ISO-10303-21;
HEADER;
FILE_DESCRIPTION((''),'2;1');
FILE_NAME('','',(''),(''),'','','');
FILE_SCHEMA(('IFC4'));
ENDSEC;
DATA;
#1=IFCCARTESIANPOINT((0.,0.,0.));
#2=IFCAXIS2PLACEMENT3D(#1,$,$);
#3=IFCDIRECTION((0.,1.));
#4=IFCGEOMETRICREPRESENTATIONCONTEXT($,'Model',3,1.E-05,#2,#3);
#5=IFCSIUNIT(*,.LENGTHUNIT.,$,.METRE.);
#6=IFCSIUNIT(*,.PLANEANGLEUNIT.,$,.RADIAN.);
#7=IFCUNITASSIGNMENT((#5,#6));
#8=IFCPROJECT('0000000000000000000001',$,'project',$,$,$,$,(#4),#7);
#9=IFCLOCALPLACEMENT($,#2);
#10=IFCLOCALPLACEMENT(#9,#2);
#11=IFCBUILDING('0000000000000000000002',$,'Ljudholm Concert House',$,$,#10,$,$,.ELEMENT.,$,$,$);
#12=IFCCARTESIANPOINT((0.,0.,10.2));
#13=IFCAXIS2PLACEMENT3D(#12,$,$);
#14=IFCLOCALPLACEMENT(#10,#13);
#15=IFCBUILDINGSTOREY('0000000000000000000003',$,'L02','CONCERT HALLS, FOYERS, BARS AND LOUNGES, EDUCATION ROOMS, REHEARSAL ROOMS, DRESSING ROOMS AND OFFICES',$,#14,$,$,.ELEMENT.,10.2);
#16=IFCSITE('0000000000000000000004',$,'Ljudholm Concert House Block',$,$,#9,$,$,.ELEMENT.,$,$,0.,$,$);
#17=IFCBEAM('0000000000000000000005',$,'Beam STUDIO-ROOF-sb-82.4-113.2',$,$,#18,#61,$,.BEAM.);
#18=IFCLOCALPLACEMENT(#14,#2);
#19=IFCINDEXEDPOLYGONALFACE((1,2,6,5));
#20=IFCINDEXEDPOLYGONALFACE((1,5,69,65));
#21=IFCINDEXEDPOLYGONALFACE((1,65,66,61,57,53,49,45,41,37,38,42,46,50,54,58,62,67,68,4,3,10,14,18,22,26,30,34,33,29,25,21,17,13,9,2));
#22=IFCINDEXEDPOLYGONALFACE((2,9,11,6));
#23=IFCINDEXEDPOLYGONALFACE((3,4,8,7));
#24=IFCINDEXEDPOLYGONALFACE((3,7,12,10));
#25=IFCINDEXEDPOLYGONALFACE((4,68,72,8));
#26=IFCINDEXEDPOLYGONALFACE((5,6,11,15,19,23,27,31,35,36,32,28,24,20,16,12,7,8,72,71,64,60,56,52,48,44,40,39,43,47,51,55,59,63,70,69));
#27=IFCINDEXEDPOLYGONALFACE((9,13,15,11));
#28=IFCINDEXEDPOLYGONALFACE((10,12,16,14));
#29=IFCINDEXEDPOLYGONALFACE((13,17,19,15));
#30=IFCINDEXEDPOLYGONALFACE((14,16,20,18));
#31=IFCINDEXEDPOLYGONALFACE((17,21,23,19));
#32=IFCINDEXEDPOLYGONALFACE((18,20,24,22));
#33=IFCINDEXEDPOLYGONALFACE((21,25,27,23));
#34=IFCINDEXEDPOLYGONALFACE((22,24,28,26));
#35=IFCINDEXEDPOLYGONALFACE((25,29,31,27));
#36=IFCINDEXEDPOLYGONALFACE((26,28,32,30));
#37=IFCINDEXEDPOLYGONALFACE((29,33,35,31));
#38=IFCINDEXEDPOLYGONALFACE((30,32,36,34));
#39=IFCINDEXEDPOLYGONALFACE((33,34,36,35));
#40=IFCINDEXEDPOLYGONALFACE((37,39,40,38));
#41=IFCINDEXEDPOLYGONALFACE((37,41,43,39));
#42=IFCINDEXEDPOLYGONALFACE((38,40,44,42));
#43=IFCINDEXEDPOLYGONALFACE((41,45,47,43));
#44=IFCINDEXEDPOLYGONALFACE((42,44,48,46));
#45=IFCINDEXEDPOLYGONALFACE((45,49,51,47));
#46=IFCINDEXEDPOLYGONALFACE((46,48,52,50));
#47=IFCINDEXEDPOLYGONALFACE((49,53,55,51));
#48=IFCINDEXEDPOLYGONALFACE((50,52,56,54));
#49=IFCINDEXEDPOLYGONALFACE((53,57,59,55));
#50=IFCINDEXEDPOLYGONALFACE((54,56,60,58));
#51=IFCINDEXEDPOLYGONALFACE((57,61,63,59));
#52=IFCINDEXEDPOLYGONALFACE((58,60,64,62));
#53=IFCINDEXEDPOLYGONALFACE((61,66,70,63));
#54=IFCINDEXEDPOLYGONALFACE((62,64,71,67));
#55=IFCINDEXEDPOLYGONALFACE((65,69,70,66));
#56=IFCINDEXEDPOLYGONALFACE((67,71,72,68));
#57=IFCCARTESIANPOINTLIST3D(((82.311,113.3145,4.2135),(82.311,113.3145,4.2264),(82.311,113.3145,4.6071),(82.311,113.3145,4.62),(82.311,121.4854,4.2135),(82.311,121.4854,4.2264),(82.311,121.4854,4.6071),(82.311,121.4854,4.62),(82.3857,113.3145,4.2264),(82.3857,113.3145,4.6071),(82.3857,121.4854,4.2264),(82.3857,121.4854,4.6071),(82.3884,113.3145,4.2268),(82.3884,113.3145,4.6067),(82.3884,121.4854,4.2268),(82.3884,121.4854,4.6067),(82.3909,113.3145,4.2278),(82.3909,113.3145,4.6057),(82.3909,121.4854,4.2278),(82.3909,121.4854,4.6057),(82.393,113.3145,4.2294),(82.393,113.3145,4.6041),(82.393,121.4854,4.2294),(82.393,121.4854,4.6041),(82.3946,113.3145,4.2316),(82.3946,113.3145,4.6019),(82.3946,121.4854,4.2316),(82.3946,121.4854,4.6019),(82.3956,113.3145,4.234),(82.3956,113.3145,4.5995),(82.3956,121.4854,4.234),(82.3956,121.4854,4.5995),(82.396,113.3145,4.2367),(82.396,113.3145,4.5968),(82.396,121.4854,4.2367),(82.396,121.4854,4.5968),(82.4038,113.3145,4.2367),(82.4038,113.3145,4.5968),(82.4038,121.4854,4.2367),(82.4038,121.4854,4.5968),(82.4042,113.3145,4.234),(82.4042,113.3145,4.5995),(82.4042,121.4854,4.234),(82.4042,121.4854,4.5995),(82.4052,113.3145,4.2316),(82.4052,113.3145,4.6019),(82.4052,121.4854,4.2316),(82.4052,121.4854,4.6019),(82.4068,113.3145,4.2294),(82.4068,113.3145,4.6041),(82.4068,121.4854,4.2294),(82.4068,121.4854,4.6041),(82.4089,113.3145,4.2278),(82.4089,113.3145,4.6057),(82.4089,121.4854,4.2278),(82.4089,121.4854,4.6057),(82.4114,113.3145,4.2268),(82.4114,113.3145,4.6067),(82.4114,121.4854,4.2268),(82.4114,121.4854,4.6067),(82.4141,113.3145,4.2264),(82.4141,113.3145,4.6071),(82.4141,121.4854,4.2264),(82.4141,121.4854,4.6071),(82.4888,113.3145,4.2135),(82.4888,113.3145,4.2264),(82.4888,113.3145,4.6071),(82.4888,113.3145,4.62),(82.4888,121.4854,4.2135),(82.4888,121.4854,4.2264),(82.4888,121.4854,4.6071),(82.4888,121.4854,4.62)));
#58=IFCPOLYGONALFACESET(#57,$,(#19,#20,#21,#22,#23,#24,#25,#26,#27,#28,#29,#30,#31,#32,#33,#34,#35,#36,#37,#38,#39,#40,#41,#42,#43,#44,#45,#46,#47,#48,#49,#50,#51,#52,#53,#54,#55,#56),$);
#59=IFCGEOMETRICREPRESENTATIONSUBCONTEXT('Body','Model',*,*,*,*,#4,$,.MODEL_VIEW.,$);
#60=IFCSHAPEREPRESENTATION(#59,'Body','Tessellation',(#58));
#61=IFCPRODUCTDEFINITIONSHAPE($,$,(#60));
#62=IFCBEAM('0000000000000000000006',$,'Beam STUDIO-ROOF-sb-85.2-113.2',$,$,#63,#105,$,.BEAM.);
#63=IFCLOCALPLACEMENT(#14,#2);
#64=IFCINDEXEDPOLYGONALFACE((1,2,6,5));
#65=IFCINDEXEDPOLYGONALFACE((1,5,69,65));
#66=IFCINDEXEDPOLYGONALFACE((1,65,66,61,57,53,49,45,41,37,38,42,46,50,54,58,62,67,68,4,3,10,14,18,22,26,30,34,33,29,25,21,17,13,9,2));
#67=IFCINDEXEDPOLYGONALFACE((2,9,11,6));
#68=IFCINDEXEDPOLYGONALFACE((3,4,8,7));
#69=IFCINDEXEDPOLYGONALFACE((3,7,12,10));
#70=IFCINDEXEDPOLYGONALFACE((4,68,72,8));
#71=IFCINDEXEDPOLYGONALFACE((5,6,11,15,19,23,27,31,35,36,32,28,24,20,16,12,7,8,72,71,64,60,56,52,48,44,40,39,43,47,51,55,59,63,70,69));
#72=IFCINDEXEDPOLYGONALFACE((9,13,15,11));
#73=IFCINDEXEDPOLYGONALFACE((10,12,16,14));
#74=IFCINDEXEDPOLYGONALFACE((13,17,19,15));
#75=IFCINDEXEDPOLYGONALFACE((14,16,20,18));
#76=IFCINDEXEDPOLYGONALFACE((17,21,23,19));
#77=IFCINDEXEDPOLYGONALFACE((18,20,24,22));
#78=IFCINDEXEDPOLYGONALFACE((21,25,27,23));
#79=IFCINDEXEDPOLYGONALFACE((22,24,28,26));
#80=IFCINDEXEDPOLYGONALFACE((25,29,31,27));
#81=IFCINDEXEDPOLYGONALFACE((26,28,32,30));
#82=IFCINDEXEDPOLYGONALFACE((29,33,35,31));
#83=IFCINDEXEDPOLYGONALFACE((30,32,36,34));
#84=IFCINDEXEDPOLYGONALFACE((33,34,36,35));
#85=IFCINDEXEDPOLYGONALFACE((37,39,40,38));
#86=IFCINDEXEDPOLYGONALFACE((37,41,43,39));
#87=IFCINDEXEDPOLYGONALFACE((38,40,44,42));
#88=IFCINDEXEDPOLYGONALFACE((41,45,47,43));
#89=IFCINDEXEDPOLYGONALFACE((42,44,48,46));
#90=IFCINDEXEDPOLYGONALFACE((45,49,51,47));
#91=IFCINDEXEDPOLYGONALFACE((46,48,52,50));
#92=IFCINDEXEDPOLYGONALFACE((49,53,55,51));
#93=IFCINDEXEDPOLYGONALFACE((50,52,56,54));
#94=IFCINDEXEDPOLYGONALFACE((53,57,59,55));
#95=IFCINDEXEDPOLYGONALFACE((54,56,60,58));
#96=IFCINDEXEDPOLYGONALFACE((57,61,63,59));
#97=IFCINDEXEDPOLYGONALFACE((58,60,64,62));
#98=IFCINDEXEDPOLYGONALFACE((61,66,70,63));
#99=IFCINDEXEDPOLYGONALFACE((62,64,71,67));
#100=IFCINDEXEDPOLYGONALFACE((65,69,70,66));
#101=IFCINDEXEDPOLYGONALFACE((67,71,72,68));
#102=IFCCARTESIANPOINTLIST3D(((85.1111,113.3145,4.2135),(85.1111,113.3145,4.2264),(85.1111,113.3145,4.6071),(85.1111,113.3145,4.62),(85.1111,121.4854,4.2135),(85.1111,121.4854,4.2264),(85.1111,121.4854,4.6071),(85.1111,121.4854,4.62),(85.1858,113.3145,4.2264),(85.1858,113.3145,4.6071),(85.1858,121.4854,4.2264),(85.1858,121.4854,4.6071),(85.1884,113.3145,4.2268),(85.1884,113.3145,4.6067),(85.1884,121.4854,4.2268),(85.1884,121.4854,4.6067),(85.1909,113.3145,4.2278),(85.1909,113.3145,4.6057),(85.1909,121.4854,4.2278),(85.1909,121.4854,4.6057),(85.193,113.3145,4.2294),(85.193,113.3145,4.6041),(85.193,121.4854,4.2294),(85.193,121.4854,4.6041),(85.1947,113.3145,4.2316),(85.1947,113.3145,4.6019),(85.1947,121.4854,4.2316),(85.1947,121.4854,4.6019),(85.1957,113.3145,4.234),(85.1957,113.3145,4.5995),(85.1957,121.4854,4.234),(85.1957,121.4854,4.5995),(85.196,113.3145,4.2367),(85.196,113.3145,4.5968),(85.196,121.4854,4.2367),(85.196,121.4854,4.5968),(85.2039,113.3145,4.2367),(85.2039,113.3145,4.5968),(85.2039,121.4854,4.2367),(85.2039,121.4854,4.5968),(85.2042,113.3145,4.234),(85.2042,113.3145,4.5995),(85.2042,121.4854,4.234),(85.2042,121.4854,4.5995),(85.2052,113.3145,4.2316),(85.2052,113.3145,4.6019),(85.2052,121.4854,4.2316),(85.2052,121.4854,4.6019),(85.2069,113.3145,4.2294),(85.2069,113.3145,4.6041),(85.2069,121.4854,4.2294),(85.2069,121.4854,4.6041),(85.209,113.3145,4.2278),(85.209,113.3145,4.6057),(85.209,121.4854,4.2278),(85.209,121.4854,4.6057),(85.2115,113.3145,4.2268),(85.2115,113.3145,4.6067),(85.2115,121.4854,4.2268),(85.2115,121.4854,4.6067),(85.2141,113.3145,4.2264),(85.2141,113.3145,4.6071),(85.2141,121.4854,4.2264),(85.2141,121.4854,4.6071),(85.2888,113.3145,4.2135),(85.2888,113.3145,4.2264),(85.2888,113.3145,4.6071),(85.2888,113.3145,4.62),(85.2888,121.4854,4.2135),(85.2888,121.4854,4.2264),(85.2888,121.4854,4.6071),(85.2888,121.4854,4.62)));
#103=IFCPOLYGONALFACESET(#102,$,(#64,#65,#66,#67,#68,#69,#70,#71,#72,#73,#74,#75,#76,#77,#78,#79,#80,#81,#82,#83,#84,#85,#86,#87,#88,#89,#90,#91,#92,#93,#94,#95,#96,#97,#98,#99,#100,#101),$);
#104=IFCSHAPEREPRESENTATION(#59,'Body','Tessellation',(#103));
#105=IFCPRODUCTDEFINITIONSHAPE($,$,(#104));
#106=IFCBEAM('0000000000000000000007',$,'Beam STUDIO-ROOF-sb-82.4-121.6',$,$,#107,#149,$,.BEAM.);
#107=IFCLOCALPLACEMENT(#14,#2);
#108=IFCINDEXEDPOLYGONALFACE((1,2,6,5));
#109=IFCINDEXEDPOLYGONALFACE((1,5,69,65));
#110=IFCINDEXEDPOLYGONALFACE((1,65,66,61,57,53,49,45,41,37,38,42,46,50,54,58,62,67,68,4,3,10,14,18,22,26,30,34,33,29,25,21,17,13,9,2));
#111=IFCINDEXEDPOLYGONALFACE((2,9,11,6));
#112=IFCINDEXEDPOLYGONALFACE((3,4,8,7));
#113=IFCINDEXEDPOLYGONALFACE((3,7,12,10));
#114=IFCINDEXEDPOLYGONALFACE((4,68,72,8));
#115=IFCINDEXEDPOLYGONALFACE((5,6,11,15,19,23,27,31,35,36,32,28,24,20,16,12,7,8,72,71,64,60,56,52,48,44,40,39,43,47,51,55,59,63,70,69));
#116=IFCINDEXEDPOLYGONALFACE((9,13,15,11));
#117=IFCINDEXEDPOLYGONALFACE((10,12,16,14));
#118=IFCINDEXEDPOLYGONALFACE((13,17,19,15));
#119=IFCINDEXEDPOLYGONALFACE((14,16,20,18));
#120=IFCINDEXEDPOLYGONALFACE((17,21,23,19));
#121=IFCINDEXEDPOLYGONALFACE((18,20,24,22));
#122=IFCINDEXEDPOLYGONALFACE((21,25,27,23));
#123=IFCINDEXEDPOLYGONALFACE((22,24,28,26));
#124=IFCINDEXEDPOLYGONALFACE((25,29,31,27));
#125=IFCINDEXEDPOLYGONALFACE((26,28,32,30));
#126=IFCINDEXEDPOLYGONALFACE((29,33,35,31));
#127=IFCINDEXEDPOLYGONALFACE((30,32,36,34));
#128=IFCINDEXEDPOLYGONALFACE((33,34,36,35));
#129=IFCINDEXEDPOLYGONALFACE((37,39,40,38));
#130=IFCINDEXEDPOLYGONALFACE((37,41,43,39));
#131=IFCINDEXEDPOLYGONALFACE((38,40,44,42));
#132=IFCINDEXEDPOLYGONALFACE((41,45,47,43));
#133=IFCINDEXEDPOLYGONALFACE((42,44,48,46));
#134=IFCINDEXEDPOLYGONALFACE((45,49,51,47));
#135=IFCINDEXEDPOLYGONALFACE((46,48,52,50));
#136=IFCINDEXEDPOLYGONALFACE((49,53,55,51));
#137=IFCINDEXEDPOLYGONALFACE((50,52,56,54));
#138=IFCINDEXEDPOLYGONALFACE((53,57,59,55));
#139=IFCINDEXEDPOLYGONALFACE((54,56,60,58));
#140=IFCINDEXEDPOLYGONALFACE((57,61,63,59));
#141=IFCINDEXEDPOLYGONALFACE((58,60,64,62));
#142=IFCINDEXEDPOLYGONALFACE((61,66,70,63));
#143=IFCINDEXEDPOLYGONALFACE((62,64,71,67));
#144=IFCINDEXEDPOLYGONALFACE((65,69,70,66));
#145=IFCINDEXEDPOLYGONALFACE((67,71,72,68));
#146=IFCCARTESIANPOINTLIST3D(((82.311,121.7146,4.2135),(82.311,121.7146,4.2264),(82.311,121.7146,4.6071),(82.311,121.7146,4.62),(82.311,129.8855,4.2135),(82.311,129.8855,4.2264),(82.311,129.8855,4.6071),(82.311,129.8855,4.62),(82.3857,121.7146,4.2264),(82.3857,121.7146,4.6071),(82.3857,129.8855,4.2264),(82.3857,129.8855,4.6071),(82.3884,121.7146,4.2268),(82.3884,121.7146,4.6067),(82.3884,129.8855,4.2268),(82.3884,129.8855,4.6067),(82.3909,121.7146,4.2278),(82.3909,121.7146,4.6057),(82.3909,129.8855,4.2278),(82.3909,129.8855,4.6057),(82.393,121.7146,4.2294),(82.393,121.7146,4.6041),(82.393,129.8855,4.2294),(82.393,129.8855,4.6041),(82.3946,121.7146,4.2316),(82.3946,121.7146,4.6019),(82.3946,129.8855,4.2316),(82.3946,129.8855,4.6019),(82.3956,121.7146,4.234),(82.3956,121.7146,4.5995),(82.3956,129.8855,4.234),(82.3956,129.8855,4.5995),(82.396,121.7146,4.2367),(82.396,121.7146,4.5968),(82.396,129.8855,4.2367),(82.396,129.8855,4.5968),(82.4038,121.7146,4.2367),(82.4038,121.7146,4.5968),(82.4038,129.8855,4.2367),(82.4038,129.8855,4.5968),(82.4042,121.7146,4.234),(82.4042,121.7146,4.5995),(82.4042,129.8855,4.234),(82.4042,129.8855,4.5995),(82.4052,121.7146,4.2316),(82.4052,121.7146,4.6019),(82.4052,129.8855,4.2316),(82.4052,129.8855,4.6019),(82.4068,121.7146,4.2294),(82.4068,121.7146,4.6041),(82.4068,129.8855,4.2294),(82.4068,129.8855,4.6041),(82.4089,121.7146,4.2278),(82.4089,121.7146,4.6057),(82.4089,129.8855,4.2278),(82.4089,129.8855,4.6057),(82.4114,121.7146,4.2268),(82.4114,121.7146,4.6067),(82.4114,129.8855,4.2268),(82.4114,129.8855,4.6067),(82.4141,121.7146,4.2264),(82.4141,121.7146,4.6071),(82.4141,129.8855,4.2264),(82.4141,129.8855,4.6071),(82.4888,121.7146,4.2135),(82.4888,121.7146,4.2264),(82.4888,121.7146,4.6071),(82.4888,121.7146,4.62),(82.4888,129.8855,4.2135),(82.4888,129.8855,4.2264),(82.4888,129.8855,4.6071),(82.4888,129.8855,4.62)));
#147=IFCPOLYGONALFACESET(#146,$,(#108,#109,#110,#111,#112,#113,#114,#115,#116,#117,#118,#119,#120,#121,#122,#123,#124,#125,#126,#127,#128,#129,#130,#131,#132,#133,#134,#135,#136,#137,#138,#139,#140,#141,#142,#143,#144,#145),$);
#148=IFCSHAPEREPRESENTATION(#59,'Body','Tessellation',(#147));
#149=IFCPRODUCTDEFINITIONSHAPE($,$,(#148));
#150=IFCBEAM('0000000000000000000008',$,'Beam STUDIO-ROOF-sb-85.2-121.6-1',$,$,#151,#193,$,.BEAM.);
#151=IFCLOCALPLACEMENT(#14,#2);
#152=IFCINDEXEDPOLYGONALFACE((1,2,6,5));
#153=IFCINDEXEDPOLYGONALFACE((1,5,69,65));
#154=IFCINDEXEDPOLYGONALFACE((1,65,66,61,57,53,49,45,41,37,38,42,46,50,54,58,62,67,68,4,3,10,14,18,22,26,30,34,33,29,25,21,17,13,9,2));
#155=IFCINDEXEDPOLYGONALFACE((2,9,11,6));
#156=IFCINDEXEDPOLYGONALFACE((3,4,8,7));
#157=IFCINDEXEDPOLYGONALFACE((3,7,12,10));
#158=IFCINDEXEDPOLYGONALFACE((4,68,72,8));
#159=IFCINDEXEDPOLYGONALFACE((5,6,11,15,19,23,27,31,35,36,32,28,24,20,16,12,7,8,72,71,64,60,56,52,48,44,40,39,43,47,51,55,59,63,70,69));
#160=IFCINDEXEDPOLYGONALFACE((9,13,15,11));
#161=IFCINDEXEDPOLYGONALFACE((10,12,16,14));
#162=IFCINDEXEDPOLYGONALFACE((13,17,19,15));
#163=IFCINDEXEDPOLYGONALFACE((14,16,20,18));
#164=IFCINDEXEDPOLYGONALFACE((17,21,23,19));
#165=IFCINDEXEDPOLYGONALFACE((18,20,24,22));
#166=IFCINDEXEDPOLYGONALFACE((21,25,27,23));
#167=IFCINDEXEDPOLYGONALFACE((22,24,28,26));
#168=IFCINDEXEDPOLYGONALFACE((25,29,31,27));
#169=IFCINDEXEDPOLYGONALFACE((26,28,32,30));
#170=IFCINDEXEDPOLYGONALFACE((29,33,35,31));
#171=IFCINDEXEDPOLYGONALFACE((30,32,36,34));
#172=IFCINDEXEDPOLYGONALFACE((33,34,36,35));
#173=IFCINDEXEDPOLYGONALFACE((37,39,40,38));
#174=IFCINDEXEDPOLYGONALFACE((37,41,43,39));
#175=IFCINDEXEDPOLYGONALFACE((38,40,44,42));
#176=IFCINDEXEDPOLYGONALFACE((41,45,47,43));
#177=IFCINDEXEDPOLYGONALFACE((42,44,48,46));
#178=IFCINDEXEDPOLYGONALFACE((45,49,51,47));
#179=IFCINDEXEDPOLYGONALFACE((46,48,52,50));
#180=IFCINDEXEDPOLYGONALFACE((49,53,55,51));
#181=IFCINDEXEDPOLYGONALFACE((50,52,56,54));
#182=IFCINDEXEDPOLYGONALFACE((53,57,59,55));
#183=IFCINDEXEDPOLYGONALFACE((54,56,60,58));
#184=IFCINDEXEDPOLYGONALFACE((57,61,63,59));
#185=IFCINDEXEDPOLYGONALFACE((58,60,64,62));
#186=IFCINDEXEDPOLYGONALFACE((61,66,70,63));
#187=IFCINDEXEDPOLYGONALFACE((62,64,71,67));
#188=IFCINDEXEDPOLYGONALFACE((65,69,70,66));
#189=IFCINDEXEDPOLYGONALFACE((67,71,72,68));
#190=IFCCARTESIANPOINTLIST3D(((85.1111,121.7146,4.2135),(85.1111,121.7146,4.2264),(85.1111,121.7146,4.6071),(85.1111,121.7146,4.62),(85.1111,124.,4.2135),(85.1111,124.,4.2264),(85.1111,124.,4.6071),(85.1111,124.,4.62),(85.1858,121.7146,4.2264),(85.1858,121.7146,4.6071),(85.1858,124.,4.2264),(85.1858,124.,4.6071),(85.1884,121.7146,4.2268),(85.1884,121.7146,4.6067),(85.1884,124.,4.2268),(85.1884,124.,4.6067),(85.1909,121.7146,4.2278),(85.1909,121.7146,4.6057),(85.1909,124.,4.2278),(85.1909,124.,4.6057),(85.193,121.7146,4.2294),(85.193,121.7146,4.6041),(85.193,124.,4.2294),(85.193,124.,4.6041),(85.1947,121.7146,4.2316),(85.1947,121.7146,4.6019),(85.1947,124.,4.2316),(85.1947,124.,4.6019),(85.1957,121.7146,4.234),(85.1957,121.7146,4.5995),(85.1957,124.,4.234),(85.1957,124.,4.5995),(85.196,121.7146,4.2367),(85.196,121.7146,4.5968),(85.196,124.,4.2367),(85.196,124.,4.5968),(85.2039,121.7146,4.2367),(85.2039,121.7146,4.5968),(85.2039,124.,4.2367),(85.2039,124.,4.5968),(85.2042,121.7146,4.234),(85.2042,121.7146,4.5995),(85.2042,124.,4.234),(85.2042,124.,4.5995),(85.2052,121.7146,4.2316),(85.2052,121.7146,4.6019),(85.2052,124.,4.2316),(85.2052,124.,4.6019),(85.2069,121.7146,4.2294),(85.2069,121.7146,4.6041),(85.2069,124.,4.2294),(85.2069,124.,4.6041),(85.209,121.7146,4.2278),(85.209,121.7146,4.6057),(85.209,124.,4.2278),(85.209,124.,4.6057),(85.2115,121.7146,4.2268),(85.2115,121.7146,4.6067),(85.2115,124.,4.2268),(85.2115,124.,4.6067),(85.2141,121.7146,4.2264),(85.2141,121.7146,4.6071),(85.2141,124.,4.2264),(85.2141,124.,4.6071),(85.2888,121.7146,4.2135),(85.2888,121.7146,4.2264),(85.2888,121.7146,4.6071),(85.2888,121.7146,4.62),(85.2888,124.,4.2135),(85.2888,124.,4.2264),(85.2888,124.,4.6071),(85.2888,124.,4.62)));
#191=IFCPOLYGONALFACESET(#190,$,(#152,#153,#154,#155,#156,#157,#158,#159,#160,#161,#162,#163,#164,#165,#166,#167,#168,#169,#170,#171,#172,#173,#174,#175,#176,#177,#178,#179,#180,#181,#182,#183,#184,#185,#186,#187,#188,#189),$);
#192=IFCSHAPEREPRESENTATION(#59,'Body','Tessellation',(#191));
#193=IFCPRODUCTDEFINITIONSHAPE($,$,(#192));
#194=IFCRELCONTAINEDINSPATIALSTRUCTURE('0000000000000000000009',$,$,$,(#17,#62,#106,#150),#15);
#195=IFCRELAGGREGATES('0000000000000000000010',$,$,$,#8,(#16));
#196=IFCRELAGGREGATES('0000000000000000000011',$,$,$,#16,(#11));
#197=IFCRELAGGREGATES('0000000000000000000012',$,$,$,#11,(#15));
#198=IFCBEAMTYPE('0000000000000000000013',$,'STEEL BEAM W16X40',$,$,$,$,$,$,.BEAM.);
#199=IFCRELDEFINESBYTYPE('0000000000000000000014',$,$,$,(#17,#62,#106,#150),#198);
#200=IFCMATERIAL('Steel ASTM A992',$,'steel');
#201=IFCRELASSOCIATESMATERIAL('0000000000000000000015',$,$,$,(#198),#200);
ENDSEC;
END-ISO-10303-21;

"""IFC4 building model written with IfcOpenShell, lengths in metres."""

from ifc_helpers import new_model, si_unit, direction, frame, origin, origin_2d, place, context, subcontext, project, spatial, i_section, extrude, material, material_profile, profile_set, type_object, element, save


model = new_model("IFC4")

# Units and contexts
model_context = context("Model", 3, precision=1e-05, world=origin(), true_north=direction((0.0, 1.0)))
body_context = subcontext(model_context, "Body", "Model", "MODEL_VIEW")
ifc_project = project(units=[si_unit("LENGTHUNIT", "METRE"), si_unit("PLANEANGLEUNIT", "RADIAN")], contexts=[model_context])

# Site, building, storey
site_placement = place(None, origin())
site = spatial("IfcSite", under=ifc_project, at=site_placement, Name="Ljudholm Concert House Block", CompositionType="ELEMENT", RefElevation=0.0)
building_placement = place(site_placement, origin())
building = spatial("IfcBuilding", under=site, at=building_placement, Name="Ljudholm Concert House", CompositionType="ELEMENT")
storey_placement = place(building_placement, frame((0.0, 0.0, 10.2)))
storey = spatial("IfcBuildingStorey", under=building, at=storey_placement, Name="L02", Description="CONCERT HALLS, FOYERS, BARS AND LOUNGES, EDUCATION ROOMS, REHEARSAL ROOMS, DRESSING ROOMS AND OFFICES", CompositionType="ELEMENT", Elevation=10.2)

# Beams
ifc_material_1 = material(Name="Steel ASTM A992", Category="steel")
ifc_material_profile_1 = material_profile(ifc_material_1, i_section(OverallWidth=0.1777, OverallDepth=0.4065, WebThickness=0.0078, FlangeThickness=0.0129, FilletRadius=0.0103, at=origin_2d()), Name="W16X40")
ifc_profile_set_1 = profile_set([ifc_material_profile_1], Name="Steel ASTM A992")
beam_type_1 = type_object("IfcBeamType", Name="STEEL BEAM W16X40", PredefinedType="BEAM", material=ifc_profile_set_1)
for number, where, z_axis, x_axis, name in (
    (1, (82.3999, 113.3145, 4.4167), (0.0, 1.0, 0.0), (-1.0, 0.0, 0.0), "Beam STUDIO-ROOF-sb-82.4-113.2"),
    (2, (85.2, 113.3145, 4.4167), (0.0, 1.0, 0.0), (-1.0, 0.0, 0.0), "Beam STUDIO-ROOF-sb-85.2-113.2"),
    (3, (82.3999, 121.7146, 4.4167), (0.0, 1.0, 0.0), (-1.0, 0.0, 0.0), "Beam STUDIO-ROOF-sb-82.4-121.6"),
):
    element("IfcBeam", number, at=place(storey_placement, frame(where, z_axis=z_axis, x_axis=x_axis)), inside=storey, type_object=beam_type_1, Name=name, PredefinedType="BEAM", context=body_context, shape_type="SweptSolid", body=[
        extrude(i_section(OverallWidth=0.1777, OverallDepth=0.4065, WebThickness=0.0078, FlangeThickness=0.0129, FilletRadius=0.0103, at=origin_2d()), origin(), (0.0, 0.0, 1.0), 8.1709),
    ])
beam_1_placement = place(storey_placement, frame((85.2, 121.7146, 4.4167), z_axis=(0.0, 1.0, 0.0), x_axis=(-1.0, 0.0, 0.0)))
element("IfcBeam", 4, at=beam_1_placement, inside=storey, type_object=beam_type_1, Name="Beam STUDIO-ROOF-sb-85.2-121.6-1", PredefinedType="BEAM", context=body_context, shape_type="SweptSolid", body=[
    extrude(i_section(OverallWidth=0.1777, OverallDepth=0.4065, WebThickness=0.0078, FlangeThickness=0.0129, FilletRadius=0.0103, at=origin_2d()), origin(), (0.0, 0.0, 1.0), 2.2854),
])

save(model, "model.ifc")
